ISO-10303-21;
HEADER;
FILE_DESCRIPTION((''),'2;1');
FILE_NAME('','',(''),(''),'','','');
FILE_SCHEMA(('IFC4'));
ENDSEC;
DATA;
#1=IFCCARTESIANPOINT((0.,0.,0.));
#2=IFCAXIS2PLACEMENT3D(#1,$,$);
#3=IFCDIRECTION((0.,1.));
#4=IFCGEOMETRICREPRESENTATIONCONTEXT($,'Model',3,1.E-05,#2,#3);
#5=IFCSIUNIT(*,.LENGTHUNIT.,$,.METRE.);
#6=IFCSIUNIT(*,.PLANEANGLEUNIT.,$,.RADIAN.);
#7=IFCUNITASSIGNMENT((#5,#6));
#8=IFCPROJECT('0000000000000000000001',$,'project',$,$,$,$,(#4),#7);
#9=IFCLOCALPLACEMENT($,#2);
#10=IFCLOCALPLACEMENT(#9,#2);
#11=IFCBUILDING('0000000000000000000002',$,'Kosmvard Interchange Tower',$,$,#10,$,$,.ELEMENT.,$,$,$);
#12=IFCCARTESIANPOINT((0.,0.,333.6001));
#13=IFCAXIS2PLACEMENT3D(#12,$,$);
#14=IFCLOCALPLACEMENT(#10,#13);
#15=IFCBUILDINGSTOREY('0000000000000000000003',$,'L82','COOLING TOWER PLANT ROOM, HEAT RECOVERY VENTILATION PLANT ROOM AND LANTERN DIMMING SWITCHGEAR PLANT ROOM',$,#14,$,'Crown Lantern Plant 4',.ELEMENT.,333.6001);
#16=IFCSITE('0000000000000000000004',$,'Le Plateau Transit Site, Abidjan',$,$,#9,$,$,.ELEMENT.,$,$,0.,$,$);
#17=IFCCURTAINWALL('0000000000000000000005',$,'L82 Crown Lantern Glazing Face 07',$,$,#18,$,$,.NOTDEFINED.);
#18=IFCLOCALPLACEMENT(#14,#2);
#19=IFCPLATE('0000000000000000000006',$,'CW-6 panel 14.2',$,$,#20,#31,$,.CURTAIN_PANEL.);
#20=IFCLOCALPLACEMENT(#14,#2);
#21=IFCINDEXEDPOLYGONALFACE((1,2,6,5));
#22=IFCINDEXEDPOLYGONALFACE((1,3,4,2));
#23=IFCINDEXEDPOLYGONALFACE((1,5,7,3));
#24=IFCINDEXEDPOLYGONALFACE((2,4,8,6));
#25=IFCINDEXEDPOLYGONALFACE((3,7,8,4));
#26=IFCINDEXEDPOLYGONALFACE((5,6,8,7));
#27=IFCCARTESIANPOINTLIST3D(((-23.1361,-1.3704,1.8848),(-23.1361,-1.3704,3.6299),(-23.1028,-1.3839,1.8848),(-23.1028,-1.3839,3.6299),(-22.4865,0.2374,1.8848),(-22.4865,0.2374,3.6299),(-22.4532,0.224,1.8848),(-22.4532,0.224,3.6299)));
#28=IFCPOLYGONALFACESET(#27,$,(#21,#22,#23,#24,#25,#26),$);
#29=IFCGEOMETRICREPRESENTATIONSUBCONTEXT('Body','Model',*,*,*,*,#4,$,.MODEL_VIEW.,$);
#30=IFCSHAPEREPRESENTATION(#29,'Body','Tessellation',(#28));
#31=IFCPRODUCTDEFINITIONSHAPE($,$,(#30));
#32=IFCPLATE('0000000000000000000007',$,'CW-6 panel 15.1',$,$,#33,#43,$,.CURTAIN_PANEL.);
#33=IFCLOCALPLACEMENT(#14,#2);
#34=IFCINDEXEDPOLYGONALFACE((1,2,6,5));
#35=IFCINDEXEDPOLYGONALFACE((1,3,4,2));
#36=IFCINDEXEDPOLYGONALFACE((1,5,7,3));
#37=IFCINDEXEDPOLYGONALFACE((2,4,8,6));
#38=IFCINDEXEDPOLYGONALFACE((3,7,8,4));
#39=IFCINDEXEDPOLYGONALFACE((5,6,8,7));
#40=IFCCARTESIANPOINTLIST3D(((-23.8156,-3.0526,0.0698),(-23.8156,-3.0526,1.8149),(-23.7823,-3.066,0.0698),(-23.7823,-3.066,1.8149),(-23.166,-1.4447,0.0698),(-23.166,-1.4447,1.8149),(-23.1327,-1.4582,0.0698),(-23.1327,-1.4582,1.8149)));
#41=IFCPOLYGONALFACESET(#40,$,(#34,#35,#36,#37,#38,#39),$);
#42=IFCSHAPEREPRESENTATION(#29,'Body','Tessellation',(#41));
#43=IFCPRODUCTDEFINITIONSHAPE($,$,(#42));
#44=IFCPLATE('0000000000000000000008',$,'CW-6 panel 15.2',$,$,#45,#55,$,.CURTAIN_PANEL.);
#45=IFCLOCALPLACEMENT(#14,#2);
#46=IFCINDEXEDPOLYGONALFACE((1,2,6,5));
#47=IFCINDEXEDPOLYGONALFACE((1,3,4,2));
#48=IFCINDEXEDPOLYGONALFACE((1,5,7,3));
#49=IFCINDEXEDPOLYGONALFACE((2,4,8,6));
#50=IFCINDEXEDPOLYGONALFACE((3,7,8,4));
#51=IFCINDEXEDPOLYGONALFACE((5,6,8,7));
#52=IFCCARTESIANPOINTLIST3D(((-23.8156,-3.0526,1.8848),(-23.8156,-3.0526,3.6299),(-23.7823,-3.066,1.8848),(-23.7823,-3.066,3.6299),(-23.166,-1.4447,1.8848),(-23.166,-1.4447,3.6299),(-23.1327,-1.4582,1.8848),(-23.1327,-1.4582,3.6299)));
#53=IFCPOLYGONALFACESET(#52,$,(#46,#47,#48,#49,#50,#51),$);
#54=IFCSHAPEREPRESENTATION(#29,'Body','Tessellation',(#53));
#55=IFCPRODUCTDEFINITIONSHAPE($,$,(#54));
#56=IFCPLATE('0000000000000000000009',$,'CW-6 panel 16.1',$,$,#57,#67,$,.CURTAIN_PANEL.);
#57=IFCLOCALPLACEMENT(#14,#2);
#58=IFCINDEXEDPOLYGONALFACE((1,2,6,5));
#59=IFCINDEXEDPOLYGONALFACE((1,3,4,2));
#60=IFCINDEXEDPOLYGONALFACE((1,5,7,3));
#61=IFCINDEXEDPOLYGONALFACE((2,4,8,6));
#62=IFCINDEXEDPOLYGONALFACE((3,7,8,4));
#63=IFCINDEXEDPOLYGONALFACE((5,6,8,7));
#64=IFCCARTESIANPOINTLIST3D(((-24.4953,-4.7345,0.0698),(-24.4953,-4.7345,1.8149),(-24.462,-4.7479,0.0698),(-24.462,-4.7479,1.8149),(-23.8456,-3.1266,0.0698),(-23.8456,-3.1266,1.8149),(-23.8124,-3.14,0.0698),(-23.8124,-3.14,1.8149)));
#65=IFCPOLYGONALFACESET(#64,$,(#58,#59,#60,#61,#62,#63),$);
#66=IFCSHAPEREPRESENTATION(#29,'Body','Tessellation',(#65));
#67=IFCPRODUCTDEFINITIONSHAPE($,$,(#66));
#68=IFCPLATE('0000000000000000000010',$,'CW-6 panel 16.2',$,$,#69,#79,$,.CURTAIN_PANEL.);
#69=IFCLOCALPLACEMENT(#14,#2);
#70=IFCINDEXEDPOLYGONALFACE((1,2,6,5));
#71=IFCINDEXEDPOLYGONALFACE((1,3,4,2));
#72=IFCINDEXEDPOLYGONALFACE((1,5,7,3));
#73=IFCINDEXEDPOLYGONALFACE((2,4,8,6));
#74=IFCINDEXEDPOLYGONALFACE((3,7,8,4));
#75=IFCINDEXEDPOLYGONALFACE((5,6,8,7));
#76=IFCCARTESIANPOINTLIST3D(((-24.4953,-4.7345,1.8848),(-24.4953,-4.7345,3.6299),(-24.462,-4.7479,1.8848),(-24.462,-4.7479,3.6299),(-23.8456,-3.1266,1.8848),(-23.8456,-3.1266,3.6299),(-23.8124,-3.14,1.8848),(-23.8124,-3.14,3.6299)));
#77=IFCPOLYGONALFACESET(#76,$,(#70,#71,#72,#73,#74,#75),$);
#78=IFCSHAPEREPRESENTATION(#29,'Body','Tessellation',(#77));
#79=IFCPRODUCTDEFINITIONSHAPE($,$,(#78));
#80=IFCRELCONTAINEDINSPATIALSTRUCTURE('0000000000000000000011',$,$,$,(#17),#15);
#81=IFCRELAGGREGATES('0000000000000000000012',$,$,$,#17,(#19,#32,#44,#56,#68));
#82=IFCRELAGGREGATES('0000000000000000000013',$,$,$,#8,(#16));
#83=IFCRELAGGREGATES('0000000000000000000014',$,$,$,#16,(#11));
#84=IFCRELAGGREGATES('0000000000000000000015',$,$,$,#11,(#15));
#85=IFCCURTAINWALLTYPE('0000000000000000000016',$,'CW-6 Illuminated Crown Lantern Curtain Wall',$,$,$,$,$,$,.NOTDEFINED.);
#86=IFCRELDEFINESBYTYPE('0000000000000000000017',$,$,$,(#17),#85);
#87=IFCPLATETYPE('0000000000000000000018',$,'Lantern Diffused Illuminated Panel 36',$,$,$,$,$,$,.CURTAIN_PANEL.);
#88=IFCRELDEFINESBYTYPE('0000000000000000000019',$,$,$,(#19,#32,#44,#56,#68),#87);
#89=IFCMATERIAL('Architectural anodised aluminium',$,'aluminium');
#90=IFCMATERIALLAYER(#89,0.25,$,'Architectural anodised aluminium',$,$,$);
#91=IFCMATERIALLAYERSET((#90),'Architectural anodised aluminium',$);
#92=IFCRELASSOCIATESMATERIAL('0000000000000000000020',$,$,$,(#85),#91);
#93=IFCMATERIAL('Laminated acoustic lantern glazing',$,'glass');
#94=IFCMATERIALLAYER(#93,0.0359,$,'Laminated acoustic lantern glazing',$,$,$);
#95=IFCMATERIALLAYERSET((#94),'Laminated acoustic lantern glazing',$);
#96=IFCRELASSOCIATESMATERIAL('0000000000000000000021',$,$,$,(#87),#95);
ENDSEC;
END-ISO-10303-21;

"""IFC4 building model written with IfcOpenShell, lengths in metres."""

from ifc_helpers import new_model, si_unit, direction, frame, origin, origin_2d, place, context, subcontext, project, spatial, rectangle, extrude, source, transform, mapped, material, layer, layer_set, type_object, element, aggregate, save


model = new_model("IFC4")

# Units and contexts
model_context = context("Model", 3, precision=1e-05, world=origin(), true_north=direction((0.0, 1.0)))
body_context = subcontext(model_context, "Body", "Model", "MODEL_VIEW")
ifc_project = project(units=[si_unit("LENGTHUNIT", "METRE"), si_unit("PLANEANGLEUNIT", "RADIAN")], contexts=[model_context])

# Site, building, storey
site_placement = place(None, origin())
site = spatial("IfcSite", under=ifc_project, at=site_placement, Name="Le Plateau Transit Site, Abidjan", CompositionType="ELEMENT", RefElevation=0.0)
building_placement = place(site_placement, origin())
building = spatial("IfcBuilding", under=site, at=building_placement, Name="Kosmvard Interchange Tower", CompositionType="ELEMENT")
storey_placement = place(building_placement, frame((0.0, 0.0, 333.6001)))
storey = spatial("IfcBuildingStorey", under=building, at=storey_placement, Name="L82", Description="COOLING TOWER PLANT ROOM, HEAT RECOVERY VENTILATION PLANT ROOM AND LANTERN DIMMING SWITCHGEAR PLANT ROOM", LongName="Crown Lantern Plant 4", CompositionType="ELEMENT", Elevation=333.6001)

# Curtain wall
ifc_material_1 = material(Name="Architectural anodised aluminium", Category="aluminium")
ifc_layer_1 = layer(ifc_material_1, 0.25, Name="Architectural anodised aluminium")
ifc_layer_set_1 = layer_set([ifc_layer_1], Name="Architectural anodised aluminium")
curtain_wall_type = type_object("IfcCurtainWallType", Name="CW-6 Illuminated Crown Lantern Curtain Wall", PredefinedType="NOTDEFINED", material=ifc_layer_set_1)
curtain_wall_placement = place(storey_placement, origin())
curtain_wall = element("IfcCurtainWall", 1, at=curtain_wall_placement, inside=storey, type_object=curtain_wall_type, Name="L82 Crown Lantern Glazing Face 07", PredefinedType="NOTDEFINED")

# Plates
ifc_material_2 = material(Name="Laminated acoustic lantern glazing", Category="glass")
ifc_layer_2 = layer(ifc_material_2, 0.0359, Name="Laminated acoustic lantern glazing")
ifc_layer_set_2 = layer_set([ifc_layer_2], Name="Laminated acoustic lantern glazing")
plate_type_1 = type_object("IfcPlateType", Name="Lantern Diffused Illuminated Panel 36", PredefinedType="CURTAIN_PANEL", material=ifc_layer_set_2)
shared_shape_1 = source(origin(), body_context, "Body", "SweptSolid", [
    extrude(rectangle(XDim=1.7341, YDim=0.0359, at=origin_2d()), origin(), (0.0, 0.0, 1.0), 1.7451),
])
plate_1_placement = place(storey_placement, frame((-22.7947, -0.5732, 1.8848), z_axis=(0.0, 0.0, 1.0), x_axis=(-0.374607, -0.927184, 0.0)))
plate_1 = element("IfcPlate", 2, at=plate_1_placement, type_object=plate_type_1, Name="CW-6 panel 14.2", PredefinedType="CURTAIN_PANEL", context=body_context, shape_type="MappedRepresentation", body=[
    mapped(shared_shape_1, transform((0.0, 0.0, 0.0), scale=1.0)),
])
plate_2_placement = place(storey_placement, frame((-23.4741, -2.2554, 0.0698), z_axis=(0.0, 0.0, 1.0), x_axis=(-0.374607, -0.927184, 0.0)))
plate_2 = element("IfcPlate", 3, at=plate_2_placement, type_object=plate_type_1, Name="CW-6 panel 15.1", PredefinedType="CURTAIN_PANEL", context=body_context, shape_type="MappedRepresentation", body=[
    mapped(shared_shape_1, transform((0.0, 0.0, 0.0), scale=1.0)),
])
plate_3_placement = place(storey_placement, frame((-23.4741, -2.2554, 1.8848), z_axis=(0.0, 0.0, 1.0), x_axis=(-0.374607, -0.927184, 0.0)))
plate_3 = element("IfcPlate", 4, at=plate_3_placement, type_object=plate_type_1, Name="CW-6 panel 15.2", PredefinedType="CURTAIN_PANEL", context=body_context, shape_type="MappedRepresentation", body=[
    mapped(shared_shape_1, transform((0.0, 0.0, 0.0), scale=1.0)),
])
plate_4_placement = place(storey_placement, frame((-24.1538, -3.9373, 0.0698), z_axis=(0.0, 0.0, 1.0), x_axis=(-0.374607, -0.927184, 0.0)))
plate_4 = element("IfcPlate", 5, at=plate_4_placement, type_object=plate_type_1, Name="CW-6 panel 16.1", PredefinedType="CURTAIN_PANEL", context=body_context, shape_type="MappedRepresentation", body=[
    mapped(shared_shape_1, transform((0.0, 0.0, 0.0), scale=1.0)),
])
plate_5_placement = place(storey_placement, frame((-24.1538, -3.9373, 1.8848), z_axis=(0.0, 0.0, 1.0), x_axis=(-0.374607, -0.927184, 0.0)))
plate_5 = element("IfcPlate", 6, at=plate_5_placement, type_object=plate_type_1, Name="CW-6 panel 16.2", PredefinedType="CURTAIN_PANEL", context=body_context, shape_type="MappedRepresentation", body=[
    mapped(shared_shape_1, transform((0.0, 0.0, 0.0), scale=1.0)),
])
aggregate(curtain_wall, [plate_1, plate_2, plate_3, plate_4, plate_5])

save(model, "model.ifc")
